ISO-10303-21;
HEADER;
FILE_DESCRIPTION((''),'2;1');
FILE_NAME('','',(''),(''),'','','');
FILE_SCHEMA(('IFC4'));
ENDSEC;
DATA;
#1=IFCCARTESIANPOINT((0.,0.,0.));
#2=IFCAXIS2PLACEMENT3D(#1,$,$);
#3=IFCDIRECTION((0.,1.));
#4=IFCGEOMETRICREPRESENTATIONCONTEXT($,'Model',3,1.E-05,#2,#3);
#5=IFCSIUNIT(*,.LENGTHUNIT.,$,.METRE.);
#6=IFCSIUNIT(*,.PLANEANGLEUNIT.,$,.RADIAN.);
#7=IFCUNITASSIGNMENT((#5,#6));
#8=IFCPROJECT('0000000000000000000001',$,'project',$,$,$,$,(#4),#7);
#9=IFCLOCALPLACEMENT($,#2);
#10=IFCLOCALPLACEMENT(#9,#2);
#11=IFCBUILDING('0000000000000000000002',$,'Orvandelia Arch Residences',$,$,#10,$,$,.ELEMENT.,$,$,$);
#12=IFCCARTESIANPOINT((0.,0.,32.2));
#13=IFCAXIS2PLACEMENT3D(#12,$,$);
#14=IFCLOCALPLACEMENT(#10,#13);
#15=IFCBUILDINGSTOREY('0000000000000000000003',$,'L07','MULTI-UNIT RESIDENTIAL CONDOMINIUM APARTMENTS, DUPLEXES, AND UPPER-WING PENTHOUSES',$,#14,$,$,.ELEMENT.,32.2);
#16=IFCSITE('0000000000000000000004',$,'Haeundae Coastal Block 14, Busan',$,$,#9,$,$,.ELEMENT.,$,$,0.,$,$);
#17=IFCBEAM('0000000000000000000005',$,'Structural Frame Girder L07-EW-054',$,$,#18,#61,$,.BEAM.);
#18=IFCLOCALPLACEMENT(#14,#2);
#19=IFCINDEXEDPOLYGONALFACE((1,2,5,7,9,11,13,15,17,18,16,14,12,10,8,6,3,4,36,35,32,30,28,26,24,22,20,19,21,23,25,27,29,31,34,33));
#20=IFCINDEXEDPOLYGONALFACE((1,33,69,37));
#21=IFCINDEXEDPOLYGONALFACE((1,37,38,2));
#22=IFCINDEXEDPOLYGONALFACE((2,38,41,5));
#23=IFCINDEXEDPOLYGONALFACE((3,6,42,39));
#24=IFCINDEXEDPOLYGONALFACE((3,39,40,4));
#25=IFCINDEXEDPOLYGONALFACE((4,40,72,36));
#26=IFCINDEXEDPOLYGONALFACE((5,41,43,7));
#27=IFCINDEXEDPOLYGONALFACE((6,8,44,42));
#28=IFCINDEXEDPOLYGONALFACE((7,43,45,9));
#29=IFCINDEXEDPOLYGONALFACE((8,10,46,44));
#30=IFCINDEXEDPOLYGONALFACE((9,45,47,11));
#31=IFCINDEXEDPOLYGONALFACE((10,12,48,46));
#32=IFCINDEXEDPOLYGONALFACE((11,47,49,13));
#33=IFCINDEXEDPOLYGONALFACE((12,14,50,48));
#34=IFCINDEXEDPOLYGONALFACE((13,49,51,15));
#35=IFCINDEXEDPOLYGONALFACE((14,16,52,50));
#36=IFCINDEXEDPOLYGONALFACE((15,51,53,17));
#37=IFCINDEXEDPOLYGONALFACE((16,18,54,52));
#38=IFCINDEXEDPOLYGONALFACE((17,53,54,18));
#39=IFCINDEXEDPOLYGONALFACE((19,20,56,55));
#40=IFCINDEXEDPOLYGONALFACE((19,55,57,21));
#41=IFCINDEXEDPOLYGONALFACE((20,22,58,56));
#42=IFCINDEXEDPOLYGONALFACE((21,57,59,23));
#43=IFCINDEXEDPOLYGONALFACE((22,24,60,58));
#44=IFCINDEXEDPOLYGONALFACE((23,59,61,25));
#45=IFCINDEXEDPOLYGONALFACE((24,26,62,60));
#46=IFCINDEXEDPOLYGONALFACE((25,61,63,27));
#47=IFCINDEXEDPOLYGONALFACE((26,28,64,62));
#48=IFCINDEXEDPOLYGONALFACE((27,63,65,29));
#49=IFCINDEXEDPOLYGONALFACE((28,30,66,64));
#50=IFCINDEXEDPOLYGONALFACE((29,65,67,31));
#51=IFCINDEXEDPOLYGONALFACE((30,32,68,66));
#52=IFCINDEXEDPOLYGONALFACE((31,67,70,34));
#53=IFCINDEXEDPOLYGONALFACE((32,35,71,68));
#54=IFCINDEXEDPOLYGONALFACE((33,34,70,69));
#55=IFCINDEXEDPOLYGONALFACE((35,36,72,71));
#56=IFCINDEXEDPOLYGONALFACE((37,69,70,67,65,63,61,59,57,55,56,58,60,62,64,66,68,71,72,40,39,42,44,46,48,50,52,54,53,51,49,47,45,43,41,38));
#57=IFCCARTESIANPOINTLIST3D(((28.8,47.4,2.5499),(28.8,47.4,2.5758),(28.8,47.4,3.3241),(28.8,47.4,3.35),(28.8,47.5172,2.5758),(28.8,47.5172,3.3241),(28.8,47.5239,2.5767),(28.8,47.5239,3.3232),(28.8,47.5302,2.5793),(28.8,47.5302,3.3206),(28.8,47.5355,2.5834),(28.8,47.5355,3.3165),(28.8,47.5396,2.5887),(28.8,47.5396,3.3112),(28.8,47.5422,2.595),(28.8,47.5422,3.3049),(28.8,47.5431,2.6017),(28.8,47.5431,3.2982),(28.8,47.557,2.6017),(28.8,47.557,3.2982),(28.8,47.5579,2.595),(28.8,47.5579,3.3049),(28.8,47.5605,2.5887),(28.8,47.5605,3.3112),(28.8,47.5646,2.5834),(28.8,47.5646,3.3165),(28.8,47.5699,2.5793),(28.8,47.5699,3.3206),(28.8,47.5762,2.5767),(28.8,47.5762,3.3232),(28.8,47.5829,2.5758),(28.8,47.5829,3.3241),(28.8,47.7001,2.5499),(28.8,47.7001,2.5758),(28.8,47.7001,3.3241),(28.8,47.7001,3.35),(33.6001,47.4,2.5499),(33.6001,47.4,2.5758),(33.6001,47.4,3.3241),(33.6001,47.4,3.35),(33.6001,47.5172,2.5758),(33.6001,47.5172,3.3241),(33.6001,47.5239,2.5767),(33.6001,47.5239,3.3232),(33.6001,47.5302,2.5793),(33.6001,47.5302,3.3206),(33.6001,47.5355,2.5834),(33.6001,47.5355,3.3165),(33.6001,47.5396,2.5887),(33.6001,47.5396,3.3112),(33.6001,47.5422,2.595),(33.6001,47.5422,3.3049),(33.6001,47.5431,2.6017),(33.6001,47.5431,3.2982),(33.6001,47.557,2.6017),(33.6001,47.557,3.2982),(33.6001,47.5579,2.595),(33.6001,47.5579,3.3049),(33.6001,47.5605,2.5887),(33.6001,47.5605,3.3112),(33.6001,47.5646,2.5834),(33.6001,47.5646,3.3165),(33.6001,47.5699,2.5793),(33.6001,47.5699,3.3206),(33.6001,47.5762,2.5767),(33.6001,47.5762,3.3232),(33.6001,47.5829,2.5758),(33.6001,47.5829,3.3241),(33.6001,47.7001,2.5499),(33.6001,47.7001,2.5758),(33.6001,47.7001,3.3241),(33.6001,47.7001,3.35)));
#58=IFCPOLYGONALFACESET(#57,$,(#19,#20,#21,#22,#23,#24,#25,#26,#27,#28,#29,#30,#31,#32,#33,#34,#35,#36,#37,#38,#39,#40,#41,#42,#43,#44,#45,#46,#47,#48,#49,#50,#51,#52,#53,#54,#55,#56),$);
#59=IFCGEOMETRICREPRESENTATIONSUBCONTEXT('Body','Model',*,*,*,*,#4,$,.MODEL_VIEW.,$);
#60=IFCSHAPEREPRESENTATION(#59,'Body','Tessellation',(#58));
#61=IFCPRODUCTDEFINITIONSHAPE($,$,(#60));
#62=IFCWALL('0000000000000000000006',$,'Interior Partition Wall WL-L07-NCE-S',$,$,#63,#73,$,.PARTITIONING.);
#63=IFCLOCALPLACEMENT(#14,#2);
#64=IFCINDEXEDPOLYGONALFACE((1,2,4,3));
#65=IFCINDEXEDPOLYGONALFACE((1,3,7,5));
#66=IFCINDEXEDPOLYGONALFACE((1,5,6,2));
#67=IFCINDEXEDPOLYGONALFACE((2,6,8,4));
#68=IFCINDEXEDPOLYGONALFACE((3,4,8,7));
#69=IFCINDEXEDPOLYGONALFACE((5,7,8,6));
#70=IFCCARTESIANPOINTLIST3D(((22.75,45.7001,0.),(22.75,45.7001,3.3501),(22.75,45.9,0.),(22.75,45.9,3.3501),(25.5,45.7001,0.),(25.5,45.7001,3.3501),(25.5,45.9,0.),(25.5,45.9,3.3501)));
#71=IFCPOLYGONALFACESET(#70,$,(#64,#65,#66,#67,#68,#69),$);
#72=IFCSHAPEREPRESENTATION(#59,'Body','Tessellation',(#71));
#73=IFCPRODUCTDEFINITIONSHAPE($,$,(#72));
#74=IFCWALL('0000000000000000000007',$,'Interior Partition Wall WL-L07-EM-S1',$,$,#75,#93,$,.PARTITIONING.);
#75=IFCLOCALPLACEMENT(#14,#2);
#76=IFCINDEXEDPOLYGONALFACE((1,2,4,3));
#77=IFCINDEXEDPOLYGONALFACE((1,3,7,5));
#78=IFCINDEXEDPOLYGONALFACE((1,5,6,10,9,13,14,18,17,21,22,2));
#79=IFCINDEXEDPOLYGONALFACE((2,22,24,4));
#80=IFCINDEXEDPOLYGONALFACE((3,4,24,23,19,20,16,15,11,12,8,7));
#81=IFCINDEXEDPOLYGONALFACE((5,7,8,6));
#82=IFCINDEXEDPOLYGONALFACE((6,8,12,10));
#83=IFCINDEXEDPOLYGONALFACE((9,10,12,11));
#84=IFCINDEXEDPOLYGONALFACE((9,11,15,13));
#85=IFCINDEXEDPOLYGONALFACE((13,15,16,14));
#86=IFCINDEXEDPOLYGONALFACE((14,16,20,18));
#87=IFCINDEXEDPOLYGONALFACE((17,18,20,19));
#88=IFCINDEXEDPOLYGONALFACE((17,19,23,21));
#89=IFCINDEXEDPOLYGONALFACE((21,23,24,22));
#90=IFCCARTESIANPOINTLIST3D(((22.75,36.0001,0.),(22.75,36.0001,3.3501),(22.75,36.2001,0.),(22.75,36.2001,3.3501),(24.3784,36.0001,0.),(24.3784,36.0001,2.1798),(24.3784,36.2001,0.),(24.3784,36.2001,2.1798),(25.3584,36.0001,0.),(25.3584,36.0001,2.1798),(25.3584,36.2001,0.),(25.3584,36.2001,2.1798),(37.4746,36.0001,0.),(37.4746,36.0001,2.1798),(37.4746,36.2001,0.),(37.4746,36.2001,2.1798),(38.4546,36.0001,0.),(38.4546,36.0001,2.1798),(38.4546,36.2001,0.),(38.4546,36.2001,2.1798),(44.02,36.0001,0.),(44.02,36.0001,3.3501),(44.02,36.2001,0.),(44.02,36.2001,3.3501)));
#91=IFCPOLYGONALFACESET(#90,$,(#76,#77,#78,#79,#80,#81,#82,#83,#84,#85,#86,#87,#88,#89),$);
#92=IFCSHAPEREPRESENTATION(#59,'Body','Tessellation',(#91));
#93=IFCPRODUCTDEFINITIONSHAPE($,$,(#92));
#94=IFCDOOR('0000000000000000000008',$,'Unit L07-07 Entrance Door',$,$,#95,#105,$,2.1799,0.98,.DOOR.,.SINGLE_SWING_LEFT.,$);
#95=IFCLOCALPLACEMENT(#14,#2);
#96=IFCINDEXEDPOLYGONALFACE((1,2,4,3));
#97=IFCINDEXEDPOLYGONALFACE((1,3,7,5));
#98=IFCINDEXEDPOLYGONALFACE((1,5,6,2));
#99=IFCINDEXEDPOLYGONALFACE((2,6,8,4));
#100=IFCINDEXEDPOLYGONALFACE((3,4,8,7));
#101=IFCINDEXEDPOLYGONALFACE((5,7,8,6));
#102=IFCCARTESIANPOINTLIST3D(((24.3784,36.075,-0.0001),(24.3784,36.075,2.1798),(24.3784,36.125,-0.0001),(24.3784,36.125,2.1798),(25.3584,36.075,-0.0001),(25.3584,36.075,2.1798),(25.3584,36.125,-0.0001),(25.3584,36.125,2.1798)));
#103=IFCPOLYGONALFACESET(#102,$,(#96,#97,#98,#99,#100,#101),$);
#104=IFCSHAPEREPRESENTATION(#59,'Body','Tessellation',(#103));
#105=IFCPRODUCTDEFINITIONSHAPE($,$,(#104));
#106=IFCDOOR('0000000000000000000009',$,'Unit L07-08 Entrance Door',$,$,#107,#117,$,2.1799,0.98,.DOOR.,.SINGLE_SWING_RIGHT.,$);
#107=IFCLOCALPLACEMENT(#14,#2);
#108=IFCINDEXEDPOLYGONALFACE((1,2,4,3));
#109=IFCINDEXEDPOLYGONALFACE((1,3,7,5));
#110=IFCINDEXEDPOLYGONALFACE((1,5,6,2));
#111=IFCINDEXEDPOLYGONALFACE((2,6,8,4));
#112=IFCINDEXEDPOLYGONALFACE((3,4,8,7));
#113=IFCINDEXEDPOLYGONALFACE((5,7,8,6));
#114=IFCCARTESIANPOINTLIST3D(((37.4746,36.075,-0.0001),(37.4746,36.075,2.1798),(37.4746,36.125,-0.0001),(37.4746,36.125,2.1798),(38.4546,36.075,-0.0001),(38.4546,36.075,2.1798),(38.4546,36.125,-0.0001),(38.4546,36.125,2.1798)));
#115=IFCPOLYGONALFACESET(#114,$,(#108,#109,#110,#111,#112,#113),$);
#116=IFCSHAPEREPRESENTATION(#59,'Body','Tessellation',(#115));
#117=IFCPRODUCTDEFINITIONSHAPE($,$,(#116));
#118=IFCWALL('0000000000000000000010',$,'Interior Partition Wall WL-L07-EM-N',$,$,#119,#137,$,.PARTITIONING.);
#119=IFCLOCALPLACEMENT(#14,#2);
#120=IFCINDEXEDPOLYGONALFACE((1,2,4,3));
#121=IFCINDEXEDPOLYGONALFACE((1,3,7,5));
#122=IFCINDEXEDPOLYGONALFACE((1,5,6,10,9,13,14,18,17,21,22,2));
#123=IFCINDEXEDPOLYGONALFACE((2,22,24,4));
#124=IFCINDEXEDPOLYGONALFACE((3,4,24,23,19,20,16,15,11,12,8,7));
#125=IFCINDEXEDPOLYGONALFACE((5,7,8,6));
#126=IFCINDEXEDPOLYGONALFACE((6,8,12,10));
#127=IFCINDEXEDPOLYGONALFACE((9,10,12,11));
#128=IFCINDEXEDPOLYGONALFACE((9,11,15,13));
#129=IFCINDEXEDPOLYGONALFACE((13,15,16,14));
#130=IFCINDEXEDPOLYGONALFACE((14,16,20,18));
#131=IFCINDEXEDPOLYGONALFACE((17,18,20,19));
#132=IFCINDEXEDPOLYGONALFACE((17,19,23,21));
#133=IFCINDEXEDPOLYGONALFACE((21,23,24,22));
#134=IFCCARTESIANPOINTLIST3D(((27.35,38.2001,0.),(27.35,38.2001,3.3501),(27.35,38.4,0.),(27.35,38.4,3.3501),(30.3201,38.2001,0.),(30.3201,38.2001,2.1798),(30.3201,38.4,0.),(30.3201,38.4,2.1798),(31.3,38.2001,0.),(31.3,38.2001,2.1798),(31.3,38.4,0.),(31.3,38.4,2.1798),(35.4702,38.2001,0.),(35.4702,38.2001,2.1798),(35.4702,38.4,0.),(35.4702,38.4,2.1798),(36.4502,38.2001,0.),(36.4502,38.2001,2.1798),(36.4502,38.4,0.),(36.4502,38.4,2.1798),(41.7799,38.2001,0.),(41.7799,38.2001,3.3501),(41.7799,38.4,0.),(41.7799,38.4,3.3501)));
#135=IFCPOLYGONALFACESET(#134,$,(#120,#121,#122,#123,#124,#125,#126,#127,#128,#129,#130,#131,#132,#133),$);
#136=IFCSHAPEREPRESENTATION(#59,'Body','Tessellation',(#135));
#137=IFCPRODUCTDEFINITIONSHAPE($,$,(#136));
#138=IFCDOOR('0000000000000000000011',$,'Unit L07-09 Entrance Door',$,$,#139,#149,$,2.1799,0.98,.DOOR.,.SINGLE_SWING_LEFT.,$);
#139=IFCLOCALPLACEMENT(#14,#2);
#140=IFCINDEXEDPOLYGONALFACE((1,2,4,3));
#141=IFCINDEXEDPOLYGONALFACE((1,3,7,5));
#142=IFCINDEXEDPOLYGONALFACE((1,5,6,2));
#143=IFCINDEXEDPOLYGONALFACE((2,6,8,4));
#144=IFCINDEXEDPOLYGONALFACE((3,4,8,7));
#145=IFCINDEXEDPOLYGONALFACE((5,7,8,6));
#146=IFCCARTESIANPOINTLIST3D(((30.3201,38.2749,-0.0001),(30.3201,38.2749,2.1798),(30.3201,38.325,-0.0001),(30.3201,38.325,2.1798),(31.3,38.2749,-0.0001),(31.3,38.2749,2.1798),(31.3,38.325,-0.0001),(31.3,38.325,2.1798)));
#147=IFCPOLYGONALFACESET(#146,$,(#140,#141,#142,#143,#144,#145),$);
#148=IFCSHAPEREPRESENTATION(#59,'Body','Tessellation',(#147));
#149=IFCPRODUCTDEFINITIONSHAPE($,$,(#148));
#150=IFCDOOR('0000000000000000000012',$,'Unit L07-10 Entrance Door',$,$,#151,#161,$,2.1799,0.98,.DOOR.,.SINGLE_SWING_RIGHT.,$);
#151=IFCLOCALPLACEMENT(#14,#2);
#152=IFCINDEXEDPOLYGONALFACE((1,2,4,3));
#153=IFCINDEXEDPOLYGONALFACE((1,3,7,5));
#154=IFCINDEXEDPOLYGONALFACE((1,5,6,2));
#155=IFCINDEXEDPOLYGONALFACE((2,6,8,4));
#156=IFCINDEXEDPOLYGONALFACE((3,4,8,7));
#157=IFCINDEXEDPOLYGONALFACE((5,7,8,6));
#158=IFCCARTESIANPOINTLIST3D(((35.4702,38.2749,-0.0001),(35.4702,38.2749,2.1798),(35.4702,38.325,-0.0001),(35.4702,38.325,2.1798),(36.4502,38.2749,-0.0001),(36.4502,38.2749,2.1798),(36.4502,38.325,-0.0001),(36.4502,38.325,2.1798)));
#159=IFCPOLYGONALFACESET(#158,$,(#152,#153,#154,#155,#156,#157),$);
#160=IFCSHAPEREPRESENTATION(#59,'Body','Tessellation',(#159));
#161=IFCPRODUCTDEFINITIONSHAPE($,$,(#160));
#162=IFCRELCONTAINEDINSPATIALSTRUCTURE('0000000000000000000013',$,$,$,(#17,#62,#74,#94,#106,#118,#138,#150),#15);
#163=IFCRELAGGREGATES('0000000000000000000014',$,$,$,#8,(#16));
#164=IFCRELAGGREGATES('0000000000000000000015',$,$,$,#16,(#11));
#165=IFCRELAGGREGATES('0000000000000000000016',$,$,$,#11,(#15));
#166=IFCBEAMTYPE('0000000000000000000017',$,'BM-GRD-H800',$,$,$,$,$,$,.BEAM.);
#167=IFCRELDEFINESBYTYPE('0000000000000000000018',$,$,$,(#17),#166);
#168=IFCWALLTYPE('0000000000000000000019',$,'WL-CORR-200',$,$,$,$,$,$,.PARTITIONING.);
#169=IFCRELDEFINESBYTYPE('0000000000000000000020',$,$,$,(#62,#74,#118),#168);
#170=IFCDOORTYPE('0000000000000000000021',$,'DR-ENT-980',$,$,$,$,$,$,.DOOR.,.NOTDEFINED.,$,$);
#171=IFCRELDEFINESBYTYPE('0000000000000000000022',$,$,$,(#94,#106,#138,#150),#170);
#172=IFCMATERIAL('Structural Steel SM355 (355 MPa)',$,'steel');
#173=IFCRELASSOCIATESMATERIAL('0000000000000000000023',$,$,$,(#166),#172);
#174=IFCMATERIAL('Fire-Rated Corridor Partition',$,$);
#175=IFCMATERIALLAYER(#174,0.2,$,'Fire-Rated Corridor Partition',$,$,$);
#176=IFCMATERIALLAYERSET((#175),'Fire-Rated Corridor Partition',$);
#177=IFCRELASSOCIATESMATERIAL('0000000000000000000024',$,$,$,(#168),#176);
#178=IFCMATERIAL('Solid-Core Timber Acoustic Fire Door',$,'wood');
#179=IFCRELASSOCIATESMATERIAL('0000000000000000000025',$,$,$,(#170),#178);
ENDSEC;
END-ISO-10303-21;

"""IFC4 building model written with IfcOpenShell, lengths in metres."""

from ifc_helpers import new_model, si_unit, direction, frame, frame_2d, origin, origin_2d, place, context, subcontext, project, spatial, rectangle, i_section, extrude, material, layer, layer_set, material_profile, profile_set, type_object, element, fill, save


model = new_model("IFC4")

# Units and contexts
model_context = context("Model", 3, precision=1e-05, world=origin(), true_north=direction((0.0, 1.0)))
body_context = subcontext(model_context, "Body", "Model", "MODEL_VIEW")
ifc_project = project(units=[si_unit("LENGTHUNIT", "METRE"), si_unit("PLANEANGLEUNIT", "RADIAN")], contexts=[model_context])

# Site, building, storey
site_placement = place(None, origin())
site = spatial("IfcSite", under=ifc_project, at=site_placement, Name="Haeundae Coastal Block 14, Busan", CompositionType="ELEMENT", RefElevation=0.0)
building_placement = place(site_placement, origin())
building = spatial("IfcBuilding", under=site, at=building_placement, Name="Orvandelia Arch Residences", CompositionType="ELEMENT")
storey_placement = place(building_placement, frame((0.0, 0.0, 32.2)))
storey = spatial("IfcBuildingStorey", under=building, at=storey_placement, Name="L07", Description="MULTI-UNIT RESIDENTIAL CONDOMINIUM APARTMENTS, DUPLEXES, AND UPPER-WING PENTHOUSES", CompositionType="ELEMENT", Elevation=32.2)

# Beam
ifc_material_1 = material(Name="Structural Steel SM355 (355 MPa)", Category="steel")
ifc_material_profile_1 = material_profile(ifc_material_1, i_section(OverallWidth=0.3, OverallDepth=0.8, WebThickness=0.0139, FlangeThickness=0.0259, FilletRadius=0.0259, at=origin_2d()), Name="Structural Steel SM355 (355 MPa)", Category="steel")
ifc_profile_set_1 = profile_set([ifc_material_profile_1], Name="Structural Steel SM355 (355 MPa)")
beam_type = type_object("IfcBeamType", Name="BM-GRD-H800", PredefinedType="BEAM", material=ifc_profile_set_1)
beam_1_placement = place(storey_placement, frame((28.8, 47.55, 2.95), z_axis=(1.0, 0.0, 0.0), x_axis=(0.0, 1.0, 0.0)))
element("IfcBeam", 1, at=beam_1_placement, inside=storey, type_object=beam_type, Name="Structural Frame Girder L07-EW-054", PredefinedType="BEAM", context=body_context, shape_type="SweptSolid", body=[
    extrude(i_section(OverallWidth=0.3, OverallDepth=0.8, WebThickness=0.0139, FlangeThickness=0.0259, FilletRadius=0.0259, at=origin_2d()), origin(), (0.0, 0.0, 1.0), 4.8),
])

# Wall
ifc_material_2 = material(Name="Fire-Rated Corridor Partition")
ifc_layer_1 = layer(ifc_material_2, 0.2, Name="Fire-Rated Corridor Partition")
ifc_layer_set_1 = layer_set([ifc_layer_1], Name="Fire-Rated Corridor Partition")
wall_type_1 = type_object("IfcWallType", Name="WL-CORR-200", PredefinedType="PARTITIONING", material=ifc_layer_set_1)
wall_1_placement = place(storey_placement, frame((22.75, 45.8, 0.0), z_axis=(0.0, 0.0, 1.0), x_axis=(1.0, 0.0, 0.0)))
element("IfcWall", 2, at=wall_1_placement, inside=storey, type_object=wall_type_1, Name="Interior Partition Wall WL-L07-NCE-S", PredefinedType="PARTITIONING", context=body_context, shape_type="SweptSolid", body=[
    extrude(rectangle(XDim=2.75, YDim=0.2, at=frame_2d((1.375, 0.0))), origin(), (0.0, 0.0, 1.0), 3.3501),
])

# Walls, openings, doors
wall_2_placement = place(storey_placement, frame((22.75, 36.1001, 0.0), z_axis=(0.0, 0.0, 1.0), x_axis=(1.0, 0.0, 0.0)))
wall_2 = element("IfcWall", 3, at=wall_2_placement, inside=storey, type_object=wall_type_1, Name="Interior Partition Wall WL-L07-EM-S1", PredefinedType="PARTITIONING", context=body_context, shape_type="SweptSolid", body=[
    extrude(rectangle(XDim=21.27, YDim=0.2, at=frame_2d((10.635, 0.0))), origin(), (0.0, 0.0, 1.0), 3.3501),
])
opening_1_placement = place(wall_2_placement, frame((1.6284, 0.0, 0.0)))
opening_1 = element("IfcOpeningElement", 4, at=opening_1_placement, cuts=wall_2, PredefinedType="OPENING", context=body_context, shape_type="SweptSolid", body=[
    extrude(rectangle(XDim=0.98, YDim=2.1799, at=frame_2d((0.49, 1.0898))), frame((0.0, 0.1099, 0.0), z_axis=(0.0, -1.0, 0.0), x_axis=(1.0, 0.0, 0.0)), (0.0, 0.0, 1.0), 0.22),
])
opening_2_placement = place(wall_2_placement, frame((14.7246, 0.0, 0.0)))
opening_2 = element("IfcOpeningElement", 5, at=opening_2_placement, cuts=wall_2, PredefinedType="OPENING", context=body_context, shape_type="SweptSolid", body=[
    extrude(rectangle(XDim=0.98, YDim=2.1799, at=frame_2d((0.49, 1.0898))), frame((0.0, 0.1099, 0.0), z_axis=(0.0, -1.0, 0.0), x_axis=(1.0, 0.0, 0.0)), (0.0, 0.0, 1.0), 0.22),
])
ifc_material_3 = material(Name="Solid-Core Timber Acoustic Fire Door", Category="wood")
door_type_1 = type_object("IfcDoorType", Name="DR-ENT-980", OperationType="NOTDEFINED", PredefinedType="DOOR", material=ifc_material_3)
door_1_placement = place(opening_1_placement, origin())
door_1 = element("IfcDoor", 6, at=door_1_placement, inside=storey, type_object=door_type_1, Name="Unit L07-07 Entrance Door", OperationType="SINGLE_SWING_LEFT", OverallHeight=2.1799, OverallWidth=0.98, PredefinedType="DOOR", context=body_context, shape_type="SweptSolid", body=[
    extrude(rectangle(XDim=0.98, YDim=2.1799, at=frame_2d((0.49, 1.0898))), frame((0.0, 0.0249, 0.0), z_axis=(0.0, -1.0, 0.0), x_axis=(1.0, 0.0, 0.0)), (0.0, 0.0, 1.0), 0.05),
])
fill(opening_1, door_1)
door_2_placement = place(opening_2_placement, origin())
door_2 = element("IfcDoor", 7, at=door_2_placement, inside=storey, type_object=door_type_1, Name="Unit L07-08 Entrance Door", OperationType="SINGLE_SWING_RIGHT", OverallHeight=2.1799, OverallWidth=0.98, PredefinedType="DOOR", context=body_context, shape_type="SweptSolid", body=[
    extrude(rectangle(XDim=0.98, YDim=2.1799, at=frame_2d((0.49, 1.0898))), frame((0.0, 0.0249, 0.0), z_axis=(0.0, -1.0, 0.0), x_axis=(1.0, 0.0, 0.0)), (0.0, 0.0, 1.0), 0.05),
])
fill(opening_2, door_2)
wall_3_placement = place(storey_placement, frame((27.3501, 38.3, 0.0), z_axis=(0.0, 0.0, 1.0), x_axis=(1.0, 0.0, 0.0)))
wall_3 = element("IfcWall", 8, at=wall_3_placement, inside=storey, type_object=wall_type_1, Name="Interior Partition Wall WL-L07-EM-N", PredefinedType="PARTITIONING", context=body_context, shape_type="SweptSolid", body=[
    extrude(rectangle(XDim=14.4299, YDim=0.2, at=frame_2d((7.2148, 0.0))), origin(), (0.0, 0.0, 1.0), 3.3501),
])
opening_3_placement = place(wall_3_placement, frame((2.97, 0.0, 0.0)))
opening_3 = element("IfcOpeningElement", 9, at=opening_3_placement, cuts=wall_3, PredefinedType="OPENING", context=body_context, shape_type="SweptSolid", body=[
    extrude(rectangle(XDim=0.98, YDim=2.1799, at=frame_2d((0.49, 1.0898))), frame((0.0, 0.1099, 0.0), z_axis=(0.0, -1.0, 0.0), x_axis=(1.0, 0.0, 0.0)), (0.0, 0.0, 1.0), 0.22),
])
opening_4_placement = place(wall_3_placement, frame((8.1201, 0.0, 0.0)))
opening_4 = element("IfcOpeningElement", 10, at=opening_4_placement, cuts=wall_3, PredefinedType="OPENING", context=body_context, shape_type="SweptSolid", body=[
    extrude(rectangle(XDim=0.98, YDim=2.1799, at=frame_2d((0.49, 1.0898))), frame((0.0, 0.1099, 0.0), z_axis=(0.0, -1.0, 0.0), x_axis=(1.0, 0.0, 0.0)), (0.0, 0.0, 1.0), 0.22),
])
door_3_placement = place(opening_3_placement, origin())
door_3 = element("IfcDoor", 11, at=door_3_placement, inside=storey, type_object=door_type_1, Name="Unit L07-09 Entrance Door", OperationType="SINGLE_SWING_LEFT", OverallHeight=2.1799, OverallWidth=0.98, PredefinedType="DOOR", context=body_context, shape_type="SweptSolid", body=[
    extrude(rectangle(XDim=0.98, YDim=2.1799, at=frame_2d((0.49, 1.0898))), frame((0.0, 0.0249, 0.0), z_axis=(0.0, -1.0, 0.0), x_axis=(1.0, 0.0, 0.0)), (0.0, 0.0, 1.0), 0.05),
])
fill(opening_3, door_3)
door_4_placement = place(opening_4_placement, origin())
door_4 = element("IfcDoor", 12, at=door_4_placement, inside=storey, type_object=door_type_1, Name="Unit L07-10 Entrance Door", OperationType="SINGLE_SWING_RIGHT", OverallHeight=2.1799, OverallWidth=0.98, PredefinedType="DOOR", context=body_context, shape_type="SweptSolid", body=[
    extrude(rectangle(XDim=0.98, YDim=2.1799, at=frame_2d((0.49, 1.0898))), frame((0.0, 0.0249, 0.0), z_axis=(0.0, -1.0, 0.0), x_axis=(1.0, 0.0, 0.0)), (0.0, 0.0, 1.0), 0.05),
])
fill(opening_4, door_4)

save(model, "model.ifc")
